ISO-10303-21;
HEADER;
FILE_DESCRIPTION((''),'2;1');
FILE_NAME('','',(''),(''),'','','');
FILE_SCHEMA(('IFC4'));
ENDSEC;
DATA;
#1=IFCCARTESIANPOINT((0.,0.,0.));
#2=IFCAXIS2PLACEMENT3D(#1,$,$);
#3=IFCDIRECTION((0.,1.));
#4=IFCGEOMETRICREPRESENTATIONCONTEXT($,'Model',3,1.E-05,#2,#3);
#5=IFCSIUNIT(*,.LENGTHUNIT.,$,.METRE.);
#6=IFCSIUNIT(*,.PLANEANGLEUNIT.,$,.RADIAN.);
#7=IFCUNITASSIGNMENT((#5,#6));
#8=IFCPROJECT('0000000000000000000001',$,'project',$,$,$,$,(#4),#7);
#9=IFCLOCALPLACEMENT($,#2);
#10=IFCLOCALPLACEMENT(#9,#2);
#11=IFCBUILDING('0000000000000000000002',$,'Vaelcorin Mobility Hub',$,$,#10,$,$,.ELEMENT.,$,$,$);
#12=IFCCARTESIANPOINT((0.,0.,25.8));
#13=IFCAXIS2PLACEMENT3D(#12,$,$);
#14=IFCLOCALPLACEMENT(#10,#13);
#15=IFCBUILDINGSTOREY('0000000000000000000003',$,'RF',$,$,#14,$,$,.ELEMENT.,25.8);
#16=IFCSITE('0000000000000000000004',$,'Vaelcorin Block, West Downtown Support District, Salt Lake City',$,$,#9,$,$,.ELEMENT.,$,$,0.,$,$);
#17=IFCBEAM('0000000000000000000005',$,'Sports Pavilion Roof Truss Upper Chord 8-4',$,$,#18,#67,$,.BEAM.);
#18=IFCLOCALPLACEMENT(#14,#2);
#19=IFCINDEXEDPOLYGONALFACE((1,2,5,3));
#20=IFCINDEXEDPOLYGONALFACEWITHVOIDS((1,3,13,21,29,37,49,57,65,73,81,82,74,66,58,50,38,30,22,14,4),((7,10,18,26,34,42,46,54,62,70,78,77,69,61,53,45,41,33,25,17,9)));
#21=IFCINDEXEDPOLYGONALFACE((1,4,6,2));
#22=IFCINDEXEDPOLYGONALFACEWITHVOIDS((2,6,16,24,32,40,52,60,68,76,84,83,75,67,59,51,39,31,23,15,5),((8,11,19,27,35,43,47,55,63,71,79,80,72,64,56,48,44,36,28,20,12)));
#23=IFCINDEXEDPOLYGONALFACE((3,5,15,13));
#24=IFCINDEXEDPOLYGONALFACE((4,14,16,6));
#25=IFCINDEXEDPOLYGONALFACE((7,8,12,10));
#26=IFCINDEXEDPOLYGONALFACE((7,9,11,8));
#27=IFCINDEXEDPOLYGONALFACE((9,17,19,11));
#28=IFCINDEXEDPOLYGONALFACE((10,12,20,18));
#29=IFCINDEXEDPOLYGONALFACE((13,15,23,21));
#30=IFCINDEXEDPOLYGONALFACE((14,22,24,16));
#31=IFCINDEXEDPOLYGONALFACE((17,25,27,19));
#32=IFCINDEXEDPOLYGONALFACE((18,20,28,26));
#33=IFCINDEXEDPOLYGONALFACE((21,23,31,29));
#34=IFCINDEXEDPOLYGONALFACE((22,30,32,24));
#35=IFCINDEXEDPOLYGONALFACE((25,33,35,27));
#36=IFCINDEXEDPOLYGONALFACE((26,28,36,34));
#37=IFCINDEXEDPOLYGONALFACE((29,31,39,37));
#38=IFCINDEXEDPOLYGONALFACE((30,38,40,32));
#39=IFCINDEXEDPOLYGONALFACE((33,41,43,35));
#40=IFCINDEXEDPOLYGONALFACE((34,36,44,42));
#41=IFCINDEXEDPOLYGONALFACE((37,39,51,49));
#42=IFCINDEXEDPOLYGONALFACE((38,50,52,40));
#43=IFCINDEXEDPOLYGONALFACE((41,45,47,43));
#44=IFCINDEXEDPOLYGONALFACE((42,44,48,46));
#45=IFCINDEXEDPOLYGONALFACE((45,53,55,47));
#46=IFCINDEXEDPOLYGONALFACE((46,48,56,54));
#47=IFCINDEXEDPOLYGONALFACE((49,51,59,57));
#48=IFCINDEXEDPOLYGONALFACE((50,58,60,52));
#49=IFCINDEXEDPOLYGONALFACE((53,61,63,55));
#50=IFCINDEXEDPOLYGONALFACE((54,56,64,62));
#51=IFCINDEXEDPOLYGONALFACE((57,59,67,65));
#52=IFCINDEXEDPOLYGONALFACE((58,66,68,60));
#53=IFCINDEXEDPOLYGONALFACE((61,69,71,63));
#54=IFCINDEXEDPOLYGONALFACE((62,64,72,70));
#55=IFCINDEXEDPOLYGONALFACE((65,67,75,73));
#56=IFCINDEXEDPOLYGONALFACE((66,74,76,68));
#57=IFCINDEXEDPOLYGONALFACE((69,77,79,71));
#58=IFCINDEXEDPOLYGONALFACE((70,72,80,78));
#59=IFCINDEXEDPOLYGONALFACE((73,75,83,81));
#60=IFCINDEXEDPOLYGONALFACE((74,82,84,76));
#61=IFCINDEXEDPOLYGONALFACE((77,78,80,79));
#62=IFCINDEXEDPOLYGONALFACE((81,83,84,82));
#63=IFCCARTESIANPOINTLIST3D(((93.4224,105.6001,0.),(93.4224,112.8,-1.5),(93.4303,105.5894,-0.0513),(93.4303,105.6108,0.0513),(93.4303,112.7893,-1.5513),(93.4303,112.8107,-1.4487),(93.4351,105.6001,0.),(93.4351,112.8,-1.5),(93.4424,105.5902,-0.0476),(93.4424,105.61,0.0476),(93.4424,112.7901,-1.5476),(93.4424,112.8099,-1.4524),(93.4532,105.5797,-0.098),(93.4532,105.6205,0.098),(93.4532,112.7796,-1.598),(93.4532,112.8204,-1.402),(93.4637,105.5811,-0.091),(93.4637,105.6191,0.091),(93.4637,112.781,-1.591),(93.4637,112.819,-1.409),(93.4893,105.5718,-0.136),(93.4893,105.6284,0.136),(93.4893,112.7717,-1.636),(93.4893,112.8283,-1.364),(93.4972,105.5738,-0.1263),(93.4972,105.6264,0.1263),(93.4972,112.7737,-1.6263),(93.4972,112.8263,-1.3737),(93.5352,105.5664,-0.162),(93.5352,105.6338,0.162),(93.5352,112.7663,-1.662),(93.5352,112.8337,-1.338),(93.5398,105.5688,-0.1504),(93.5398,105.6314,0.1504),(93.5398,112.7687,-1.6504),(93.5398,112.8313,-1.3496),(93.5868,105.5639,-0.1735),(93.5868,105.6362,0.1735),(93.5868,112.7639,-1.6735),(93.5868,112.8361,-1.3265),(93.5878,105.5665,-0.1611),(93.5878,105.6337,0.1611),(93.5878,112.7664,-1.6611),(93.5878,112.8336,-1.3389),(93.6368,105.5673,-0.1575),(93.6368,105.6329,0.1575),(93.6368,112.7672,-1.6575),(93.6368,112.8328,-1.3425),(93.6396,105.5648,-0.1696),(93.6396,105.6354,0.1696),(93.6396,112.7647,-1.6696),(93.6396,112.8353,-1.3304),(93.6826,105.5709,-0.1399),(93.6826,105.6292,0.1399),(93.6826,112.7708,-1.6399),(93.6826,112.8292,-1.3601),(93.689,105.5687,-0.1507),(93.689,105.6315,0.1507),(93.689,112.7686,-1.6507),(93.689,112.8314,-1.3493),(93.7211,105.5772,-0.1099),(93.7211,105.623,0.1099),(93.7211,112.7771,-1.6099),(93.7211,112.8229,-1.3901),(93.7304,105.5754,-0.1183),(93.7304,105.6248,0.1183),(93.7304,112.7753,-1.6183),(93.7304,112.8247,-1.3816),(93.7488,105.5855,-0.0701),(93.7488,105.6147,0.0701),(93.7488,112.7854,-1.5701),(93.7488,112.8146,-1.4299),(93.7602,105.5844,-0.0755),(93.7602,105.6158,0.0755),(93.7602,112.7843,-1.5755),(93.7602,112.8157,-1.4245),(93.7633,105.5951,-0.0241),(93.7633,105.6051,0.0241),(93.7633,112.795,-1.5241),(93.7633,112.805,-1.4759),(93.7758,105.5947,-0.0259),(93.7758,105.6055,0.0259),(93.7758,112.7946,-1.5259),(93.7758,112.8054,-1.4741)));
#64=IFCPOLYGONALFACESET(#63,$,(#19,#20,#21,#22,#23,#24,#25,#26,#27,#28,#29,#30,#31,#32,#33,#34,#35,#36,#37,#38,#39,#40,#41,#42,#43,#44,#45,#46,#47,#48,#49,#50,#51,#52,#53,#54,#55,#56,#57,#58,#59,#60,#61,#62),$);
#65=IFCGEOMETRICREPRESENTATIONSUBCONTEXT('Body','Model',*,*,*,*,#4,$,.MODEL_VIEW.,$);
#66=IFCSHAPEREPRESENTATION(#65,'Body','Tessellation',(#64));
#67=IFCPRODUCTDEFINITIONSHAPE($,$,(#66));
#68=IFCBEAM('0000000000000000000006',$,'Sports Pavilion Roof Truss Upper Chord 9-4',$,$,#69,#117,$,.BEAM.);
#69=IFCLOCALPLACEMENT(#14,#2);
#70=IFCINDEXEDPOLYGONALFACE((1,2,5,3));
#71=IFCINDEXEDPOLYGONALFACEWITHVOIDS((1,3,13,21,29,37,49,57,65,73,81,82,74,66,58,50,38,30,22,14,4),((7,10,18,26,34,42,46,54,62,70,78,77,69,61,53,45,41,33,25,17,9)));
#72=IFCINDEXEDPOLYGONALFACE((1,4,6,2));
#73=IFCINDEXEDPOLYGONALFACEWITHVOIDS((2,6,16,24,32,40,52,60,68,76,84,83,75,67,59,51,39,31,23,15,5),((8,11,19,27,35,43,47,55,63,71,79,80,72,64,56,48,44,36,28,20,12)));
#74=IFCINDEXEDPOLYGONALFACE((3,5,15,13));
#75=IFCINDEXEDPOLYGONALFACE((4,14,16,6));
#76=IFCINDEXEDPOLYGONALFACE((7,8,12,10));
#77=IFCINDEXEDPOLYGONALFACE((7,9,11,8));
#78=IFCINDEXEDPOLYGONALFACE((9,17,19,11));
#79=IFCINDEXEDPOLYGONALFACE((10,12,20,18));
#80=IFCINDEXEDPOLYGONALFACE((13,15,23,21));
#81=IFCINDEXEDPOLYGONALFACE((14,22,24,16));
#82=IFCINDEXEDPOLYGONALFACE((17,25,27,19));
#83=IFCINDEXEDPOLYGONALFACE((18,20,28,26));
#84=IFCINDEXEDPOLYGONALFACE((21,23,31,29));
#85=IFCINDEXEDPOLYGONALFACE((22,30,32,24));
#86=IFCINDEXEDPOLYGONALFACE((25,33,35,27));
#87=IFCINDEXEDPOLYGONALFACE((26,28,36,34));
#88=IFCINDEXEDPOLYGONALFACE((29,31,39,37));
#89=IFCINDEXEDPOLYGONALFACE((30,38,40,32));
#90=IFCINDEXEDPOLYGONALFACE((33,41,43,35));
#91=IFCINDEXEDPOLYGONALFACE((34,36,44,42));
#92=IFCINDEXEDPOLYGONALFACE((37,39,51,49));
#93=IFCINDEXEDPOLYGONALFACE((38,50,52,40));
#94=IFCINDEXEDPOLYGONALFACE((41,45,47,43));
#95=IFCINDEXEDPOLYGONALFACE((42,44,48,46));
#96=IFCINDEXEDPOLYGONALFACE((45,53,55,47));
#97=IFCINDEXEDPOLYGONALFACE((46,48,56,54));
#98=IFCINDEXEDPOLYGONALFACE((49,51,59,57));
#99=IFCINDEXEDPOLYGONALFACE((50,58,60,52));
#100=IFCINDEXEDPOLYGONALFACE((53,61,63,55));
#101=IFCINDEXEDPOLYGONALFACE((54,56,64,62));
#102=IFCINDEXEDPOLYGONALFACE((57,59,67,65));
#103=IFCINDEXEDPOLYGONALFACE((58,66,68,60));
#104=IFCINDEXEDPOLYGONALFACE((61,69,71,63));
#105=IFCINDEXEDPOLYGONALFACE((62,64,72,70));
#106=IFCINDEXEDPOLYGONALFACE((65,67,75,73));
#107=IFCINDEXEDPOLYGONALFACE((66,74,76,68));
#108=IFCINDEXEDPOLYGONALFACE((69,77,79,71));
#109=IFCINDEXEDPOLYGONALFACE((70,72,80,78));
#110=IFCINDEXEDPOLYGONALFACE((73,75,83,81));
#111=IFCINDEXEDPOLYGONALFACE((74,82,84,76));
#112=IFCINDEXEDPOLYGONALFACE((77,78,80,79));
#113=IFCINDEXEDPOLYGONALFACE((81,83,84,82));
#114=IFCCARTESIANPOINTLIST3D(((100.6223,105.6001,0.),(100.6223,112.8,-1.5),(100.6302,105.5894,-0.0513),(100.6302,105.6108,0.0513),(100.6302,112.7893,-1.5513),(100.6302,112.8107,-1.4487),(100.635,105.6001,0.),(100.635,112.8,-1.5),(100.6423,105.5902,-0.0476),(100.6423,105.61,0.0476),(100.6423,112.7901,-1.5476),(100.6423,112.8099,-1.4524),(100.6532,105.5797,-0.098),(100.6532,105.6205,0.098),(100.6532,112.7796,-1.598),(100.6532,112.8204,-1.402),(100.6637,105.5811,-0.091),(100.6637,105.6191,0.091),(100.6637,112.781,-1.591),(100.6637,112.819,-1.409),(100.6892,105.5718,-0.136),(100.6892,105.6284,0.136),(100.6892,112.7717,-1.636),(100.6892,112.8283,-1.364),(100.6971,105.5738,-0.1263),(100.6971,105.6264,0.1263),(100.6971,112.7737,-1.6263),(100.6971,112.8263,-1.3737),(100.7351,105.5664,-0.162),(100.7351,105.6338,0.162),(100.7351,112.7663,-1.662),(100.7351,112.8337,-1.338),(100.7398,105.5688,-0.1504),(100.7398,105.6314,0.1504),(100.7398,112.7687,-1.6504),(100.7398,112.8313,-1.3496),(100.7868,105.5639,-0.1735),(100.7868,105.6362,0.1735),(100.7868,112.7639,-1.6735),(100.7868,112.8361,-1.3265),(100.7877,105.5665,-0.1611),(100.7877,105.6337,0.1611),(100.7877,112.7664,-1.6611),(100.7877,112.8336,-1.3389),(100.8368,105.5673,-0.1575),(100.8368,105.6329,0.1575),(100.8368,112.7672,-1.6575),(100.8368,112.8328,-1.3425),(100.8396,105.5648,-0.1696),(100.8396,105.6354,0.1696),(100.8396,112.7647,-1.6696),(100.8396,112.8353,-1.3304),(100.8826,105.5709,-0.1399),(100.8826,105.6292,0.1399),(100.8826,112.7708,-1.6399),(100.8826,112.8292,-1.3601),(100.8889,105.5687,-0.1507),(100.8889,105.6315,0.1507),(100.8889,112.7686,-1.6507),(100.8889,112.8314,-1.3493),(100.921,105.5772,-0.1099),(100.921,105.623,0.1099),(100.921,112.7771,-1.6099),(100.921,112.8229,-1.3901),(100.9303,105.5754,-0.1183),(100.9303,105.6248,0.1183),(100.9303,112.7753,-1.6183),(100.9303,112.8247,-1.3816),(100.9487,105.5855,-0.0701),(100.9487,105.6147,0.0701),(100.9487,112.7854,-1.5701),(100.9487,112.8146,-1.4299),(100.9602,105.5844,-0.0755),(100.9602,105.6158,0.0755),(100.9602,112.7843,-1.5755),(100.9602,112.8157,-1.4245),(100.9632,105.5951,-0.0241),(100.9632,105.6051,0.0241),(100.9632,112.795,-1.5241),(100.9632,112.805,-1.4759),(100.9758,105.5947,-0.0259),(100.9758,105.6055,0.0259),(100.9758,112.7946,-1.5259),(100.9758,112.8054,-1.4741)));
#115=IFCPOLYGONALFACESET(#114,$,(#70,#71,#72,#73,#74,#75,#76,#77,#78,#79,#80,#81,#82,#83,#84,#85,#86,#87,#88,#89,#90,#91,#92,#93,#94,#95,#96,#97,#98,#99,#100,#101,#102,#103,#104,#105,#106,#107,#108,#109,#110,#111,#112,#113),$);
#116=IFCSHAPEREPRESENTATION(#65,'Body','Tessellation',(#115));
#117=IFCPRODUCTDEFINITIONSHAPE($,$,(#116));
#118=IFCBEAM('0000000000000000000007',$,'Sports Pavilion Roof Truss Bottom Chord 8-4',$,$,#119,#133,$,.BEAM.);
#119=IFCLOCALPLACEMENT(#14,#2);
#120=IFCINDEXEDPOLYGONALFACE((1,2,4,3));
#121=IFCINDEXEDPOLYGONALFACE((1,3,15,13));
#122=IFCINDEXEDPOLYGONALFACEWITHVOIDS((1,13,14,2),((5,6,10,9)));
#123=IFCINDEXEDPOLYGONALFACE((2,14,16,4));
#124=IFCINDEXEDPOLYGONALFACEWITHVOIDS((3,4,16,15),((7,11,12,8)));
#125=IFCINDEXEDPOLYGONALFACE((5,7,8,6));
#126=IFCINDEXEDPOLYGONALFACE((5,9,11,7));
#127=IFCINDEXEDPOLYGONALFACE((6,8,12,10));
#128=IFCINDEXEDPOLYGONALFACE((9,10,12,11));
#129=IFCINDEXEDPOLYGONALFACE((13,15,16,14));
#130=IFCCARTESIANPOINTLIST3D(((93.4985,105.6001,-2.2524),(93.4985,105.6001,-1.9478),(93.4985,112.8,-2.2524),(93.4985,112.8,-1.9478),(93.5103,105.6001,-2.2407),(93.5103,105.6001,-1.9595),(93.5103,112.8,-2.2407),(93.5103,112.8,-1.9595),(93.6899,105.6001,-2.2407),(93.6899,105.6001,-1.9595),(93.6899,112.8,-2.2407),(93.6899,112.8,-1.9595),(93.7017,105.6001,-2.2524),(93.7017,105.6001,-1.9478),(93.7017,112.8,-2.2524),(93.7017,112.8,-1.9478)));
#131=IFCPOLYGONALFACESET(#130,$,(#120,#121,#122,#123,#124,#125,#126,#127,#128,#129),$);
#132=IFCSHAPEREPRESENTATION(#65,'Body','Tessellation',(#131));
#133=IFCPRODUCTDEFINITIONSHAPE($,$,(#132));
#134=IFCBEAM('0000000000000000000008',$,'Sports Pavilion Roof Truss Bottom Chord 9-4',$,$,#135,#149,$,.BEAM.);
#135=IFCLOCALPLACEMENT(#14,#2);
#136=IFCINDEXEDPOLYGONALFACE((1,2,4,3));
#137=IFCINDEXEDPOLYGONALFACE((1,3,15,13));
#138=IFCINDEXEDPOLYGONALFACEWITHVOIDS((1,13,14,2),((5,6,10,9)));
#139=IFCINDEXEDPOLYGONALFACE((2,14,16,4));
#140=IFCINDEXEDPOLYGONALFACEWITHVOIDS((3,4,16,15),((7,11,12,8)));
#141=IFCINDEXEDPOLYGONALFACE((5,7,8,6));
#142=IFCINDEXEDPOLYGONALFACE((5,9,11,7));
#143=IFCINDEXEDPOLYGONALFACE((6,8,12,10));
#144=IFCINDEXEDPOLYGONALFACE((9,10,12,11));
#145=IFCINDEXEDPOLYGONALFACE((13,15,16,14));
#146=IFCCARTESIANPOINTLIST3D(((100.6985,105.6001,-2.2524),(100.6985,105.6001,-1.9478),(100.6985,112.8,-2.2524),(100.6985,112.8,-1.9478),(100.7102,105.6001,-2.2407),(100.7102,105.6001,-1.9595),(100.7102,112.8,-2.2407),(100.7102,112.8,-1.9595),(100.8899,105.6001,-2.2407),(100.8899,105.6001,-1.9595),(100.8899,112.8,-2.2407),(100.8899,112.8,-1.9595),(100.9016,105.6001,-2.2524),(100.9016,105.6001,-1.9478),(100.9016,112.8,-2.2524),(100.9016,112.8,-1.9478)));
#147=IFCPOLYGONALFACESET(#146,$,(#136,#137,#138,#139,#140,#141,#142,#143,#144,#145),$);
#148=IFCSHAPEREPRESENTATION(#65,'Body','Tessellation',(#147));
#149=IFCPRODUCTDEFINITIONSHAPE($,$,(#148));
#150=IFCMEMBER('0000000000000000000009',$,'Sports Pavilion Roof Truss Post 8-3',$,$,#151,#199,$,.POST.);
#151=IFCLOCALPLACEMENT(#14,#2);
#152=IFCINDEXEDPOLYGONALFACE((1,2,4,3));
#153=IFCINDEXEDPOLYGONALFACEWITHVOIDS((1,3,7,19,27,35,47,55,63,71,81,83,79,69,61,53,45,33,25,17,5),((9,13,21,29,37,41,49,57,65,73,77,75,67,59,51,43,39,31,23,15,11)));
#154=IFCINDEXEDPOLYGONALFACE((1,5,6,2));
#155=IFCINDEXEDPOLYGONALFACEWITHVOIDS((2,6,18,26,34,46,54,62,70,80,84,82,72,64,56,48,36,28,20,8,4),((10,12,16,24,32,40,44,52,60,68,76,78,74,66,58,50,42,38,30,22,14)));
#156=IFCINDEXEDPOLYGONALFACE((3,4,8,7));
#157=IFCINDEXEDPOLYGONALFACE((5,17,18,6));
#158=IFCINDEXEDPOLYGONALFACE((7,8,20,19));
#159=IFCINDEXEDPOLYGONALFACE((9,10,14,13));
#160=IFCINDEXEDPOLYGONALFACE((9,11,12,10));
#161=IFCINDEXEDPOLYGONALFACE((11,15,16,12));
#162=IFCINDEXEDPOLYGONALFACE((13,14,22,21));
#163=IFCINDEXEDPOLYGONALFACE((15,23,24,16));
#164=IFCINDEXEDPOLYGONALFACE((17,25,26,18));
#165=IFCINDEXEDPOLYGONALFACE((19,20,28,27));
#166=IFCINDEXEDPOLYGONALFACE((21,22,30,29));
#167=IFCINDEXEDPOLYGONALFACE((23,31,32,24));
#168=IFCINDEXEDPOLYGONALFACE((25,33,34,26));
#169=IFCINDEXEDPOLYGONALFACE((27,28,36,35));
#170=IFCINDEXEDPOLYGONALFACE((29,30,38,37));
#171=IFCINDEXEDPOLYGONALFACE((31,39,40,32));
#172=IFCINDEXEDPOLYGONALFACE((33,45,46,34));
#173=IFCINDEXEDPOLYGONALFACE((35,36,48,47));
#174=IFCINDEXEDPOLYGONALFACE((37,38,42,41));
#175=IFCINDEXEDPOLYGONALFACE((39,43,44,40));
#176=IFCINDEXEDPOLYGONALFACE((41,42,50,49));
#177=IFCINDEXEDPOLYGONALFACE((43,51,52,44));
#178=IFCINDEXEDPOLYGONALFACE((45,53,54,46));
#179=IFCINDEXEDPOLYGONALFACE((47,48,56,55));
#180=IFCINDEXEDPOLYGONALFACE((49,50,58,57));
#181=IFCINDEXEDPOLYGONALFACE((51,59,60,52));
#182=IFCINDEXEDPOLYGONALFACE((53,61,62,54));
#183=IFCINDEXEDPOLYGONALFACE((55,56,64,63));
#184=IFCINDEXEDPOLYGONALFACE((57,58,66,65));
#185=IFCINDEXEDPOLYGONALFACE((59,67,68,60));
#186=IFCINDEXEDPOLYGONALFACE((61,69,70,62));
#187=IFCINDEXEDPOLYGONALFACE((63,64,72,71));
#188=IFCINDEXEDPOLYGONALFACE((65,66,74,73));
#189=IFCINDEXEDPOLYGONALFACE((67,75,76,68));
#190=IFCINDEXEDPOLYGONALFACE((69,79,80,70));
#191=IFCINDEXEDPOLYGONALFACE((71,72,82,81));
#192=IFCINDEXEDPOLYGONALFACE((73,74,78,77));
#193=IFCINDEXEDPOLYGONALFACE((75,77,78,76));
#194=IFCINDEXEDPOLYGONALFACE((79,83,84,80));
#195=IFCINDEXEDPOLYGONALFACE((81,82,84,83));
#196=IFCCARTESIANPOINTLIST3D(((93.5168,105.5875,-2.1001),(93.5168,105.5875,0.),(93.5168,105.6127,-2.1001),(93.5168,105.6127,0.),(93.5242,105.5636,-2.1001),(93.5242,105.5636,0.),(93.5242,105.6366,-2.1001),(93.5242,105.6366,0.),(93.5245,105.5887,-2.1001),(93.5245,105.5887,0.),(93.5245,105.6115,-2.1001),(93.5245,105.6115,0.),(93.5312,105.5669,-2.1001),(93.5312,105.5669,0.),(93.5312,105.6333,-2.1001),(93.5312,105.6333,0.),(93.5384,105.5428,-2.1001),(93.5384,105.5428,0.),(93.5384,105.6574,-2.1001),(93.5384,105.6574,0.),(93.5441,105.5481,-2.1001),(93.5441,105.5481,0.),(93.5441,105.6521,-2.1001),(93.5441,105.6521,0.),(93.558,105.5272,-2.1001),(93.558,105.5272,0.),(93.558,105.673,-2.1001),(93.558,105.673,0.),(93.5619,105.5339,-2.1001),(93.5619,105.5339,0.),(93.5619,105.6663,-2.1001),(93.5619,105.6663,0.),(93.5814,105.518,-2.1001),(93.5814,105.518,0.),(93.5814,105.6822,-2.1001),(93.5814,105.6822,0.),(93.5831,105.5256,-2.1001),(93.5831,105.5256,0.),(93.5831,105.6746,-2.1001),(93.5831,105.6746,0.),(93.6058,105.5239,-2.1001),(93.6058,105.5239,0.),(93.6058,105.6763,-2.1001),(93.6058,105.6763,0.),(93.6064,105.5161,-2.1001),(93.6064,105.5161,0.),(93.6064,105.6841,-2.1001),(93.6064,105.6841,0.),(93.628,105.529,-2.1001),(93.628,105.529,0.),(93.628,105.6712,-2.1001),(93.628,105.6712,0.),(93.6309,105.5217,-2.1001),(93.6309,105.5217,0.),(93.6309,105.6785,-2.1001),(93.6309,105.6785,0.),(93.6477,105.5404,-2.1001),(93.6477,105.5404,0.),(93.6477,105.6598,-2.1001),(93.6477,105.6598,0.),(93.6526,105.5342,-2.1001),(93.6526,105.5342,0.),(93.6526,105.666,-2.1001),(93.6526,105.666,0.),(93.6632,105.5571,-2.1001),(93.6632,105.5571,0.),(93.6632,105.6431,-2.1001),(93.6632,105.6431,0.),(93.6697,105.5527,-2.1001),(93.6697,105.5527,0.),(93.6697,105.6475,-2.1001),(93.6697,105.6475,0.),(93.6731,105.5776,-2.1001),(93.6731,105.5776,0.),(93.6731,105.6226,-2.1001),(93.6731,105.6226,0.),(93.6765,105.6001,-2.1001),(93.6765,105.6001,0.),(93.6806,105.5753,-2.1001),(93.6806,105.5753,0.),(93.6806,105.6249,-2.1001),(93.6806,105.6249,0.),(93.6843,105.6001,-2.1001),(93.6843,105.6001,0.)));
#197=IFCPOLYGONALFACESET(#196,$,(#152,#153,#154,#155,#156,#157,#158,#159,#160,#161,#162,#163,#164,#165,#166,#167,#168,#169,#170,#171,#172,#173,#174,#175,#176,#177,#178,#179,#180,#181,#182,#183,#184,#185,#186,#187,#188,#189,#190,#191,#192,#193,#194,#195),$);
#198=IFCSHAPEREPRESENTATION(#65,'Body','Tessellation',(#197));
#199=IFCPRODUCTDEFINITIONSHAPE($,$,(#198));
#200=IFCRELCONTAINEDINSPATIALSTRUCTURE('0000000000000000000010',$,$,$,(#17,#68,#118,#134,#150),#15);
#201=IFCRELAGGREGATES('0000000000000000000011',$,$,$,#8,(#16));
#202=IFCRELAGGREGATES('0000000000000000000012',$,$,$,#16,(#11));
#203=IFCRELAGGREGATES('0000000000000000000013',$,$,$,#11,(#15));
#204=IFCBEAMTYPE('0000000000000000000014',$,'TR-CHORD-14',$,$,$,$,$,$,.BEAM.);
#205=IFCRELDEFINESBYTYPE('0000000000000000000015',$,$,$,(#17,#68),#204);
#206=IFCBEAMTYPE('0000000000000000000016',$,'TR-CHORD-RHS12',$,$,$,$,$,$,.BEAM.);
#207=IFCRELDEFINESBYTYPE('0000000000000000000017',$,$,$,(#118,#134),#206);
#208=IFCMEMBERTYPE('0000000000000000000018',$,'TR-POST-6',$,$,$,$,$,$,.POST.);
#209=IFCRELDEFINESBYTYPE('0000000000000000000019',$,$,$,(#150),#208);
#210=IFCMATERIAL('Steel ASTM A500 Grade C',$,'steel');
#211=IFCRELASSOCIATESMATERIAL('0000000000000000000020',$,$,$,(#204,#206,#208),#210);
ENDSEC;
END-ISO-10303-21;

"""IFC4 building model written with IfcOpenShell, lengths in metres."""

from ifc_helpers import new_model, si_unit, direction, frame, origin, origin_2d, place, context, subcontext, project, spatial, hollow_rectangle, hollow_circle, extrude, material, material_profile, profile_set, type_object, element, save


model = new_model("IFC4")

# Units and contexts
model_context = context("Model", 3, precision=1e-05, world=origin(), true_north=direction((0.0, 1.0)))
body_context = subcontext(model_context, "Body", "Model", "MODEL_VIEW")
ifc_project = project(units=[si_unit("LENGTHUNIT", "METRE"), si_unit("PLANEANGLEUNIT", "RADIAN")], contexts=[model_context])

# Site, building, storey
site_placement = place(None, origin())
site = spatial("IfcSite", under=ifc_project, at=site_placement, Name="Vaelcorin Block, West Downtown Support District, Salt Lake City", CompositionType="ELEMENT", RefElevation=0.0)
building_placement = place(site_placement, origin())
building = spatial("IfcBuilding", under=site, at=building_placement, Name="Vaelcorin Mobility Hub", CompositionType="ELEMENT")
storey_placement = place(building_placement, frame((0.0, 0.0, 25.8)))
storey = spatial("IfcBuildingStorey", under=building, at=storey_placement, Name="RF", CompositionType="ELEMENT", Elevation=25.8)

# Shared definitions
ifc_material_1 = material(Name="Steel ASTM A500 Grade C", Category="steel")

# Beams
ifc_material_profile_1 = material_profile(ifc_material_1, hollow_circle(Radius=0.1777, WallThickness=0.0127, at=origin_2d()), Name="HSS14.000X0.500")
ifc_profile_set_1 = profile_set([ifc_material_profile_1], Name="Steel ASTM A500 Grade C")
beam_type_1 = type_object("IfcBeamType", Name="TR-CHORD-14", PredefinedType="BEAM", material=ifc_profile_set_1)
for number, where, z_axis, x_axis, name in (
    (1, (93.6001, 105.6001, 0.0), (0.0, 0.97898, -0.203956), (-1.0, 0.0, 0.0), "Sports Pavilion Roof Truss Upper Chord 8-4"),
    (2, (100.8, 105.6001, 0.0), (0.0, 0.97898, -0.203956), (-1.0, 0.0, 0.0), "Sports Pavilion Roof Truss Upper Chord 9-4"),
):
    element("IfcBeam", number, at=place(storey_placement, frame(where, z_axis=z_axis, x_axis=x_axis)), inside=storey, type_object=beam_type_1, Name=name, PredefinedType="BEAM", context=body_context, shape_type="SweptSolid", body=[
        extrude(hollow_circle(Radius=0.1777, WallThickness=0.0127, at=origin_2d()), origin(), (0.0, 0.0, 1.0), 7.3545),
    ])
ifc_material_profile_2 = material_profile(ifc_material_1, hollow_rectangle(XDim=0.2031, YDim=0.3047, WallThickness=0.0117, at=origin_2d()), Name="HSS12X8X0.500")
ifc_profile_set_2 = profile_set([ifc_material_profile_2], Name="Steel ASTM A500 Grade C")
beam_type_2 = type_object("IfcBeamType", Name="TR-CHORD-RHS12", PredefinedType="BEAM", material=ifc_profile_set_2)
for number, where, z_axis, x_axis, name in (
    (3, (93.6001, 105.6001, -2.1001), (0.0, 1.0, 0.0), (-1.0, 0.0, 0.0), "Sports Pavilion Roof Truss Bottom Chord 8-4"),
    (4, (100.8, 105.6001, -2.1001), (0.0, 1.0, 0.0), (-1.0, 0.0, 0.0), "Sports Pavilion Roof Truss Bottom Chord 9-4"),
):
    element("IfcBeam", number, at=place(storey_placement, frame(where, z_axis=z_axis, x_axis=x_axis)), inside=storey, type_object=beam_type_2, Name=name, PredefinedType="BEAM", context=body_context, shape_type="SweptSolid", body=[
        extrude(hollow_rectangle(XDim=0.2031, YDim=0.3047, WallThickness=0.0117, at=origin_2d()), origin(), (0.0, 0.0, 1.0), 7.2),
    ])

# Member
ifc_material_profile_3 = material_profile(ifc_material_1, hollow_circle(Radius=0.0842, WallThickness=0.0078, at=origin_2d()), Name="HSS6.625X0.312")
ifc_profile_set_3 = profile_set([ifc_material_profile_3], Name="Steel ASTM A500 Grade C")
member_type_1 = type_object("IfcMemberType", Name="TR-POST-6", PredefinedType="POST", material=ifc_profile_set_3)
for number, where, z_axis, x_axis, name in (
    (5, (93.6001, 105.6001, -2.1001), (0.0, 0.0, 1.0), (1.0, 0.0, 0.0), "Sports Pavilion Roof Truss Post 8-3"),
):
    element("IfcMember", number, at=place(storey_placement, frame(where, z_axis=z_axis, x_axis=x_axis)), inside=storey, type_object=member_type_1, Name=name, PredefinedType="POST", context=body_context, shape_type="SweptSolid", body=[
        extrude(hollow_circle(Radius=0.0842, WallThickness=0.0078, at=origin_2d()), origin(), (0.0, 0.0, 1.0), 2.1001),
    ])

save(model, "model.ifc")
